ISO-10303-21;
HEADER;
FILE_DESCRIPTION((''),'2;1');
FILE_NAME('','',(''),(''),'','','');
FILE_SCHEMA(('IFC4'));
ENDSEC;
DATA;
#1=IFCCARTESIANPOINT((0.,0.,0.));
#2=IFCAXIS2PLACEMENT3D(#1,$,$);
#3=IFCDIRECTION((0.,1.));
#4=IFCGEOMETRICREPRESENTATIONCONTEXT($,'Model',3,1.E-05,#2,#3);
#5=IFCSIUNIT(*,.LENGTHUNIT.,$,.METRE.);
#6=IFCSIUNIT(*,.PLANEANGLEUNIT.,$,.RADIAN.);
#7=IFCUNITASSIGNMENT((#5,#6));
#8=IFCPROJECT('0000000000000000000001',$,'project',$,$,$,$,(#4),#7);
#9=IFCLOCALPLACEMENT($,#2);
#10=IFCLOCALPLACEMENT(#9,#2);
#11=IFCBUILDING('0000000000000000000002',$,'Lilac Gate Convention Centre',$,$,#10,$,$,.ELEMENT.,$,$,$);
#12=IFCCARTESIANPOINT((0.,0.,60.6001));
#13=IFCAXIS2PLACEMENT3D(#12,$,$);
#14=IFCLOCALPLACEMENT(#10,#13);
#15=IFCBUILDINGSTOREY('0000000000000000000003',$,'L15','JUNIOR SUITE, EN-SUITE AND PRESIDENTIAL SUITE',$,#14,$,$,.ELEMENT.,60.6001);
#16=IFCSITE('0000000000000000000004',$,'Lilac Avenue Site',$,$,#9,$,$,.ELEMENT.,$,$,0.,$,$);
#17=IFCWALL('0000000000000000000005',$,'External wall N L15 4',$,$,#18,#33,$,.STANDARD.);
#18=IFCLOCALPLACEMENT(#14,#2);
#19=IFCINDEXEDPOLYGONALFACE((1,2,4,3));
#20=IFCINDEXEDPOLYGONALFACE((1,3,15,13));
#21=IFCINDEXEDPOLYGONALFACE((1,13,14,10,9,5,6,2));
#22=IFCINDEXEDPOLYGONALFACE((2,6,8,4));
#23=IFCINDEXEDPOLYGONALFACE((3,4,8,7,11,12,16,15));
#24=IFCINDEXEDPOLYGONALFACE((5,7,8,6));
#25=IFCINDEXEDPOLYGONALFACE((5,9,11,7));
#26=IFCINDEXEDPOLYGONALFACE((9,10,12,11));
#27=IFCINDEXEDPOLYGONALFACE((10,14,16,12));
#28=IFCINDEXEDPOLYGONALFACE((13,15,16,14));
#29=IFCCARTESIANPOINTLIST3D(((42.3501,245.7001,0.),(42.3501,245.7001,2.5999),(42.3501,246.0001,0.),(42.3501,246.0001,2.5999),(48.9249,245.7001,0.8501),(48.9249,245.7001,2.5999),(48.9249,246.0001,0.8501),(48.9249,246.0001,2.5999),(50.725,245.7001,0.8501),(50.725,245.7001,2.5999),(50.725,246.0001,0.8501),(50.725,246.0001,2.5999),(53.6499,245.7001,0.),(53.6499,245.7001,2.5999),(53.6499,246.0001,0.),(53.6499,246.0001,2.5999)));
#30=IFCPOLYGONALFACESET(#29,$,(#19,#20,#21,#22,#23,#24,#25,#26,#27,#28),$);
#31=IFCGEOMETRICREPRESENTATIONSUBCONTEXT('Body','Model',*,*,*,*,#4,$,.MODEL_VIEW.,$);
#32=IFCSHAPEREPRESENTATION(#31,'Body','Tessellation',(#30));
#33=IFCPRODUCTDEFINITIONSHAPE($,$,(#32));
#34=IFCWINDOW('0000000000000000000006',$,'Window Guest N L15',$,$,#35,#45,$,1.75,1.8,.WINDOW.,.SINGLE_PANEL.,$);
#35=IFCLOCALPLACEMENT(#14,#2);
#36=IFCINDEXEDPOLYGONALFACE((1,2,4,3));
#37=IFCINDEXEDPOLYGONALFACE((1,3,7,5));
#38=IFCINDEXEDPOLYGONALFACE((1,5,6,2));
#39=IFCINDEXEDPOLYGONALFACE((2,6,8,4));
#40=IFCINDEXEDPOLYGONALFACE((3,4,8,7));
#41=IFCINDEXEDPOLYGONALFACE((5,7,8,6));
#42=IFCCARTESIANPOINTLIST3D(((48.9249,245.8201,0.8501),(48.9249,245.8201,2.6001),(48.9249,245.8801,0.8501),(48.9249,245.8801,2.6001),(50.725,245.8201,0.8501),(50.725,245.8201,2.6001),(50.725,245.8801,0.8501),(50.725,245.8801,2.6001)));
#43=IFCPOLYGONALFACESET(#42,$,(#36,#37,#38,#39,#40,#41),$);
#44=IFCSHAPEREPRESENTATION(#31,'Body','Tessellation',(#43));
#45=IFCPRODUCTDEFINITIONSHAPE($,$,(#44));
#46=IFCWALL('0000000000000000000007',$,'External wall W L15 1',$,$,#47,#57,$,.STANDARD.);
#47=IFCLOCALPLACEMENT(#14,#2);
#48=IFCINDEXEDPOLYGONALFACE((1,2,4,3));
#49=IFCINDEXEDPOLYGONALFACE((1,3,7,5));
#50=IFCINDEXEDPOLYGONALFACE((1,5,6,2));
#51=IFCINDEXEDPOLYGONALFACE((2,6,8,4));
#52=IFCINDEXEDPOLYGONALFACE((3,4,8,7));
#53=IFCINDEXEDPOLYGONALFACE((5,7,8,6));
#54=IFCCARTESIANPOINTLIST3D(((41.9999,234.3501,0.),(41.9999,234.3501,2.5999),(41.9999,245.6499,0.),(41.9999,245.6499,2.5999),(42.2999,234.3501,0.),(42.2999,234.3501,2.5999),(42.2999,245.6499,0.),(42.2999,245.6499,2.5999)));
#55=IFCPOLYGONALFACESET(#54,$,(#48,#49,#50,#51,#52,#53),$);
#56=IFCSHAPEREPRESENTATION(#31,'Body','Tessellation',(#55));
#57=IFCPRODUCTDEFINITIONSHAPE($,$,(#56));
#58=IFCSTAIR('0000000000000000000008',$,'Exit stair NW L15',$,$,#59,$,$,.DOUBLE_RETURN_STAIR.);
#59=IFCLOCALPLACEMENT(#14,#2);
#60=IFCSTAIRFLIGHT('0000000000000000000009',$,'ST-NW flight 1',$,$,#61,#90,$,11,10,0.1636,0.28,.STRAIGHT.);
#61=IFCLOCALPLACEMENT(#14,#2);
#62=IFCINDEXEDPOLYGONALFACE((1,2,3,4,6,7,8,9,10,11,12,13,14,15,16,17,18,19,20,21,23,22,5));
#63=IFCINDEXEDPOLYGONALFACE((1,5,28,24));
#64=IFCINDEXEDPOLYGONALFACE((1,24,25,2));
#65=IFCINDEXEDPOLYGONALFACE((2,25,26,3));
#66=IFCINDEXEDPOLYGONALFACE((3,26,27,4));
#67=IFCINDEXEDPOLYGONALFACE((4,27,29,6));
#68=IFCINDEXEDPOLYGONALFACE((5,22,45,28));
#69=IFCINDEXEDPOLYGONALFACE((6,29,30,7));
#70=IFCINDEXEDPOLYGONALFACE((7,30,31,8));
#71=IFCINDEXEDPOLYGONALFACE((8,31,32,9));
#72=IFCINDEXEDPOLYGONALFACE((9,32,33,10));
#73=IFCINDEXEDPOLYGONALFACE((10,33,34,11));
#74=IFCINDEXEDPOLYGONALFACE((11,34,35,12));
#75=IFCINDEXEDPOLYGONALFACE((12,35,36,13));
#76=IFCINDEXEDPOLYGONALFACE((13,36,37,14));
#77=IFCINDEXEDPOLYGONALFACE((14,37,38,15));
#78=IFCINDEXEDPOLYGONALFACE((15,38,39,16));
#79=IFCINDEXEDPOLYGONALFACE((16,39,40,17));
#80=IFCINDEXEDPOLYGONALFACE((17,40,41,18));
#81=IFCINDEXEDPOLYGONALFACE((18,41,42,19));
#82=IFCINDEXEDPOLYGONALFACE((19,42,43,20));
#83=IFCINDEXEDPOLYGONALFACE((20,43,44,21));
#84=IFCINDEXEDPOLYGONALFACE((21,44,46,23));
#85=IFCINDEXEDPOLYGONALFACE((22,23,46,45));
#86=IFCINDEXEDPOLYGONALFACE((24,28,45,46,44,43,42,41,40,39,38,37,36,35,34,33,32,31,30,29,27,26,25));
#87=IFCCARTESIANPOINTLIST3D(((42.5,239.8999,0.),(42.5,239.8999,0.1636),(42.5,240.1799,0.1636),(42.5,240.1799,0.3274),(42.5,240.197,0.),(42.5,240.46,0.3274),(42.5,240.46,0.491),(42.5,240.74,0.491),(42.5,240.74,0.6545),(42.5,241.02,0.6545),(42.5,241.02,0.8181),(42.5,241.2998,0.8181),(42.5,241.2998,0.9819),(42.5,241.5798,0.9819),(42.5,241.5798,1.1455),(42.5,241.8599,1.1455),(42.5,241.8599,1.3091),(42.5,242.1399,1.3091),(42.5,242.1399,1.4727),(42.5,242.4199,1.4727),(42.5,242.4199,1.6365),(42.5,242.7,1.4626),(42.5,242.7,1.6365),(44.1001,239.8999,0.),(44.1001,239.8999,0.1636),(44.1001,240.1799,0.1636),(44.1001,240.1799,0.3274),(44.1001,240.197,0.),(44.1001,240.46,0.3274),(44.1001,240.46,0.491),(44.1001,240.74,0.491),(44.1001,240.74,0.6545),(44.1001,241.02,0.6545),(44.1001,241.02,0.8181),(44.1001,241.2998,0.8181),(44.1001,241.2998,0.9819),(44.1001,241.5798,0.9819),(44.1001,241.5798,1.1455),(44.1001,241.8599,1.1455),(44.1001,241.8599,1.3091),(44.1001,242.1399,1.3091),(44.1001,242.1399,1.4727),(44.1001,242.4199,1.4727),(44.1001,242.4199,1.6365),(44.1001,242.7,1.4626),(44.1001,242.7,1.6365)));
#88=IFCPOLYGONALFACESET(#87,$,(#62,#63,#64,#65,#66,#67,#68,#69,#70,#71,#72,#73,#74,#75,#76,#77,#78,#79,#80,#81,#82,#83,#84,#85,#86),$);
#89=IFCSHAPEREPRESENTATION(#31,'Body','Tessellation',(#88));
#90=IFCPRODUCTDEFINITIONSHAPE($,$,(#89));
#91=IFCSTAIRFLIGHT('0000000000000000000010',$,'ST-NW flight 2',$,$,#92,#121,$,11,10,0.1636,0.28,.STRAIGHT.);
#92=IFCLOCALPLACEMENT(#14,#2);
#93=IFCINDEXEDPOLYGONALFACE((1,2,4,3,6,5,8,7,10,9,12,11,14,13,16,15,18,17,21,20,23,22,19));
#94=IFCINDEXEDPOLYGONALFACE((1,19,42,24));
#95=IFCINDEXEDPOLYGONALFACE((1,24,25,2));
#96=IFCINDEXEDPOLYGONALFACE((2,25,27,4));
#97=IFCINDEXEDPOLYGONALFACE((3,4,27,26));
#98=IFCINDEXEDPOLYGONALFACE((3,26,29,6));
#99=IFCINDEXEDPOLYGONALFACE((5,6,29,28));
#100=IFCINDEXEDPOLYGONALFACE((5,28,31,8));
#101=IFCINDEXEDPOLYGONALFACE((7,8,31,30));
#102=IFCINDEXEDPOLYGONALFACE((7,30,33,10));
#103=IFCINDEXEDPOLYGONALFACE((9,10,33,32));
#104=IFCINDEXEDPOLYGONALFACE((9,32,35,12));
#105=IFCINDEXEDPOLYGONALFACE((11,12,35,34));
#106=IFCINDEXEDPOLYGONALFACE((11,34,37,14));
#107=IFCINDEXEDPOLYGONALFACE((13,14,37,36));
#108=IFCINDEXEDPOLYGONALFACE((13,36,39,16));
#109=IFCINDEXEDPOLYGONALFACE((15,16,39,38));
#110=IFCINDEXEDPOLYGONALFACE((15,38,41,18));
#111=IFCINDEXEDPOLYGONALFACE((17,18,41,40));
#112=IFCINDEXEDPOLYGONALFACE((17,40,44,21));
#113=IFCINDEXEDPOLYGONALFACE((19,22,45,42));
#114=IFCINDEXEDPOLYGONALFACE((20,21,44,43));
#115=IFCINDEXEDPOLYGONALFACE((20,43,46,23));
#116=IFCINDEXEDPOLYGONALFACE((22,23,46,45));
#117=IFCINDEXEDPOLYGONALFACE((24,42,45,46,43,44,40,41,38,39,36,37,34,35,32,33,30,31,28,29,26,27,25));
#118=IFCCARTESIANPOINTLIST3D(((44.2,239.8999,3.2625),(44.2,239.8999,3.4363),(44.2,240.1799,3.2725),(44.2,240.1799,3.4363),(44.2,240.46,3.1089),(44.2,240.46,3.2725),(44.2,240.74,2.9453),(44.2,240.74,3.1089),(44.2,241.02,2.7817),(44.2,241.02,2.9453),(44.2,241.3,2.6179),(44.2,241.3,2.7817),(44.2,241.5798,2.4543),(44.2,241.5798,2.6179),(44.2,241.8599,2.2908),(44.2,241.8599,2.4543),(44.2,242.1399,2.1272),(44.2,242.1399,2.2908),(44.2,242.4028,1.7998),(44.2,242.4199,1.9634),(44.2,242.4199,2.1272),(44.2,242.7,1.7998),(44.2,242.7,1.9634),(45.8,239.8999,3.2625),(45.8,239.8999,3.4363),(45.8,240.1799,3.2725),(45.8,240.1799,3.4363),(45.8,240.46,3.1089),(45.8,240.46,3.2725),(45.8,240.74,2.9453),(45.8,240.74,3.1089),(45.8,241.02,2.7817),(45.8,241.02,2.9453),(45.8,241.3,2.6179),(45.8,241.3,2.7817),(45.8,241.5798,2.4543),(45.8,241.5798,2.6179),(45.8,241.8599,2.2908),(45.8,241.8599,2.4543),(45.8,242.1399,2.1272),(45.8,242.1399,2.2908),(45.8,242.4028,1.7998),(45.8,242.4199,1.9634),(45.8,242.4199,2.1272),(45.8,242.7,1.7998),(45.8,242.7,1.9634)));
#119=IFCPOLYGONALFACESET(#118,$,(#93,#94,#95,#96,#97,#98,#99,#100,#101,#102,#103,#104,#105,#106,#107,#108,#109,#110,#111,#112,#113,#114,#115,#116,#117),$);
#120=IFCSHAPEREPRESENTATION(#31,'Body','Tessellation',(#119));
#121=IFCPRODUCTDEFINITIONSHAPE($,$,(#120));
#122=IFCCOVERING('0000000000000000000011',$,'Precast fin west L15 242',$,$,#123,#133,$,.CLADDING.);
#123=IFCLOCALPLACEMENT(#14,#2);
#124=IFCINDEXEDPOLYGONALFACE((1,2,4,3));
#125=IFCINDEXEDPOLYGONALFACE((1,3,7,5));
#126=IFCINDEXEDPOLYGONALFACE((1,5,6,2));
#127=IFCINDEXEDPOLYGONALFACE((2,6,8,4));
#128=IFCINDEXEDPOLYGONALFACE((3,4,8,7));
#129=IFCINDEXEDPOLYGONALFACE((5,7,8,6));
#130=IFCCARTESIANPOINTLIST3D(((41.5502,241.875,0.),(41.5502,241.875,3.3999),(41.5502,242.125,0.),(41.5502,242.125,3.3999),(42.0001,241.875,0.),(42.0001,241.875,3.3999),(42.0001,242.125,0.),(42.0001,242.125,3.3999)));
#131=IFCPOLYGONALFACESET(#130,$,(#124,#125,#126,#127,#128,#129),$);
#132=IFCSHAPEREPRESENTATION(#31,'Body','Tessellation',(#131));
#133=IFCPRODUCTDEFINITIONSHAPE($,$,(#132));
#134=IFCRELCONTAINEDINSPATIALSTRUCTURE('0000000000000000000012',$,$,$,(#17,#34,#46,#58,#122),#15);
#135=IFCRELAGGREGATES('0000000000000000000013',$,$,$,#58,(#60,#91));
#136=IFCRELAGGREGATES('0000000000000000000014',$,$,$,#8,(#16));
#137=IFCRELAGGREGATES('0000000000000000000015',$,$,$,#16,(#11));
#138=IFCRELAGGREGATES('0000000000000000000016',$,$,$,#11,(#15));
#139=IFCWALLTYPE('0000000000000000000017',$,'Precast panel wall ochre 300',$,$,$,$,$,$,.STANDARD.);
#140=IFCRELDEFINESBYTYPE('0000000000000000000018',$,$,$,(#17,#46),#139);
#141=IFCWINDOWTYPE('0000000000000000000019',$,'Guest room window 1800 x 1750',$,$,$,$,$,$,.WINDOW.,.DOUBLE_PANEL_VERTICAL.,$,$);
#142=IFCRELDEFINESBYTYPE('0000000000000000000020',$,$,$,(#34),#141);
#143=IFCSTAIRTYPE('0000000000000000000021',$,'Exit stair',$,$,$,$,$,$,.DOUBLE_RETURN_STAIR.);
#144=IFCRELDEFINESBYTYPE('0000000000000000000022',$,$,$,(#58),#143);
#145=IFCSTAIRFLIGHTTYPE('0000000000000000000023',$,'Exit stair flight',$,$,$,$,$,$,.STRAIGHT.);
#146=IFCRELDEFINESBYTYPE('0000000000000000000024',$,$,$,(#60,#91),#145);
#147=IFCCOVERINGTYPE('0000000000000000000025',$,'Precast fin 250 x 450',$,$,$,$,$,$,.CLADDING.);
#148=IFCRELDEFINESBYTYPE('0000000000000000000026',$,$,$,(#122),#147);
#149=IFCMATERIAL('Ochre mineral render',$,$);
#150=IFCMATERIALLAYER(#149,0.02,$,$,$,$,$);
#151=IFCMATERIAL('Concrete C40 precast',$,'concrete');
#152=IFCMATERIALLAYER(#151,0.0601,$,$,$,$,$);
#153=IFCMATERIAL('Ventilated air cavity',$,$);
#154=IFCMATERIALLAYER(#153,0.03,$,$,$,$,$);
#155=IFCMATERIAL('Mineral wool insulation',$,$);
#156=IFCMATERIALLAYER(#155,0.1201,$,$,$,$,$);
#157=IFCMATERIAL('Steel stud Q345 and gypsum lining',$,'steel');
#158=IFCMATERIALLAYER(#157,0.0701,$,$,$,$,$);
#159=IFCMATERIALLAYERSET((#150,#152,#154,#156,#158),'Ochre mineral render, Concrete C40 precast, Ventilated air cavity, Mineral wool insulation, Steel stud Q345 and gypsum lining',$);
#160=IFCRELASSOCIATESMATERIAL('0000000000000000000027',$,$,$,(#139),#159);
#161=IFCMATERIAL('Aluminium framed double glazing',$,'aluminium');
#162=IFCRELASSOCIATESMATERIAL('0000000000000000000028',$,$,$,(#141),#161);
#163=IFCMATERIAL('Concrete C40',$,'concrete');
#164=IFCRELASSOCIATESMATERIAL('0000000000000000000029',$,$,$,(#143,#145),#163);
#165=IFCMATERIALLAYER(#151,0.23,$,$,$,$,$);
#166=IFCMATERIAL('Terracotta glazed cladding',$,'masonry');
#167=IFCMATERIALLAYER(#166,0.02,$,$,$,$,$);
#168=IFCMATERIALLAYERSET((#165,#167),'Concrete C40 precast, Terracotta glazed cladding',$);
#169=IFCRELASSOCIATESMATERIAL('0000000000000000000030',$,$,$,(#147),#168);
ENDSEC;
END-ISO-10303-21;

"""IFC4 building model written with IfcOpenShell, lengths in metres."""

from ifc_helpers import new_model, si_unit, direction, frame, frame_2d, origin, place, context, subcontext, project, spatial, polyline, rectangle, outline, extrude, material, layer, layer_set, type_object, element, fill, aggregate, save


model = new_model("IFC4")

# Units and contexts
model_context = context("Model", 3, precision=1e-05, world=origin(), true_north=direction((0.0, 1.0)))
body_context = subcontext(model_context, "Body", "Model", "MODEL_VIEW")
ifc_project = project(units=[si_unit("LENGTHUNIT", "METRE"), si_unit("PLANEANGLEUNIT", "RADIAN")], contexts=[model_context])

# Site, building, storey
site_placement = place(None, origin())
site = spatial("IfcSite", under=ifc_project, at=site_placement, Name="Lilac Avenue Site", CompositionType="ELEMENT", RefElevation=0.0)
building_placement = place(site_placement, origin())
building = spatial("IfcBuilding", under=site, at=building_placement, Name="Lilac Gate Convention Centre", CompositionType="ELEMENT")
storey_placement = place(building_placement, frame((0.0, 0.0, 60.6001)))
storey = spatial("IfcBuildingStorey", under=building, at=storey_placement, Name="L15", Description="JUNIOR SUITE, EN-SUITE AND PRESIDENTIAL SUITE", CompositionType="ELEMENT", Elevation=60.6001)

# Shared definitions
ifc_material_1 = material(Name="Concrete C40", Category="concrete")

# Shared definitions
ifc_material_2 = material(Name="Concrete C40 precast", Category="concrete")
ifc_material_3 = material(Name="Terracotta glazed cladding", Category="masonry")

# Wall, opening, window
ifc_material_4 = material(Name="Ochre mineral render")
ifc_layer_1 = layer(ifc_material_4, 0.02)
ifc_layer_2 = layer(ifc_material_2, 0.0601)
ifc_material_5 = material(Name="Ventilated air cavity")
ifc_layer_3 = layer(ifc_material_5, 0.03)
ifc_material_6 = material(Name="Mineral wool insulation")
ifc_layer_4 = layer(ifc_material_6, 0.1201)
ifc_material_7 = material(Name="Steel stud Q345 and gypsum lining", Category="steel")
ifc_layer_5 = layer(ifc_material_7, 0.0701)
ifc_layer_set_1 = layer_set([ifc_layer_1, ifc_layer_2, ifc_layer_3, ifc_layer_4, ifc_layer_5], Name="Ochre mineral render, Concrete C40 precast, Ventilated air cavity, Mineral wool insulation, Steel stud Q345 and gypsum lining")
wall_type_1 = type_object("IfcWallType", Name="Precast panel wall ochre 300", PredefinedType="STANDARD", material=ifc_layer_set_1)
wall_1_placement = place(storey_placement, frame((53.6499, 245.8501, 0.0), z_axis=(0.0, 0.0, 1.0), x_axis=(-1.0, 0.0, 0.0)))
wall_1 = element("IfcWall", 1, at=wall_1_placement, inside=storey, type_object=wall_type_1, Name="External wall N L15 4", PredefinedType="STANDARD", context=body_context, shape_type="SweptSolid", body=[
    extrude(rectangle(XDim=11.2998, YDim=0.3, at=frame_2d((5.6499, 0.0))), origin(), (0.0, 0.0, 1.0), 2.5999),
])
opening_1_placement = place(wall_1_placement, frame((2.925, 0.0, 0.8501)))
opening_1 = element("IfcOpeningElement", 2, at=opening_1_placement, cuts=wall_1, PredefinedType="OPENING", context=body_context, shape_type="SweptSolid", body=[
    extrude(rectangle(XDim=1.8, YDim=1.75, at=frame_2d((0.8999, 0.875))), frame((0.0, 0.1599, 0.0), z_axis=(0.0, -1.0, 0.0), x_axis=(1.0, 0.0, 0.0)), (0.0, 0.0, 1.0), 0.3201),
])
ifc_material_8 = material(Name="Aluminium framed double glazing", Category="aluminium")
window_type = type_object("IfcWindowType", Name="Guest room window 1800 x 1750", PartitioningType="DOUBLE_PANEL_VERTICAL", PredefinedType="WINDOW", material=ifc_material_8)
window_placement = place(opening_1_placement, origin())
window = element("IfcWindow", 3, at=window_placement, inside=storey, type_object=window_type, Name="Window Guest N L15", OverallHeight=1.75, OverallWidth=1.8, PartitioningType="SINGLE_PANEL", PredefinedType="WINDOW", context=body_context, shape_type="SweptSolid", body=[
    extrude(rectangle(XDim=1.8, YDim=1.75, at=frame_2d((0.8999, 0.875))), frame((0.0, 0.03, 0.0), z_axis=(0.0, -1.0, 0.0), x_axis=(1.0, 0.0, 0.0)), (0.0, 0.0, 1.0), 0.0601),
])
fill(opening_1, window)

# Wall
wall_2_placement = place(storey_placement, frame((42.1499, 245.6499, 0.0), z_axis=(0.0, 0.0, 1.0), x_axis=(0.0, -1.0, 0.0)))
element("IfcWall", 4, at=wall_2_placement, inside=storey, type_object=wall_type_1, Name="External wall W L15 1", PredefinedType="STANDARD", context=body_context, shape_type="SweptSolid", body=[
    extrude(rectangle(XDim=11.2998, YDim=0.3, at=frame_2d((5.6499, 0.0))), origin(), (0.0, 0.0, 1.0), 2.5999),
])

# Stair, stair flights
stair_type = type_object("IfcStairType", Name="Exit stair", PredefinedType="DOUBLE_RETURN_STAIR", material=ifc_material_1)
stair_placement = place(storey_placement, origin())
stair = element("IfcStair", 5, at=stair_placement, inside=storey, type_object=stair_type, Name="Exit stair NW L15", PredefinedType="DOUBLE_RETURN_STAIR")
stair_flight_type = type_object("IfcStairFlightType", Name="Exit stair flight", PredefinedType="STRAIGHT", material=ifc_material_1)
stair_flight_1_placement = place(storey_placement, frame((43.3, 239.8999, 0.0), z_axis=(0.0, 0.0, 1.0), x_axis=(0.0, 1.0, 0.0)))
stair_flight_1 = element("IfcStairFlight", 6, at=stair_flight_1_placement, type_object=stair_flight_type, Name="ST-NW flight 1", NumberOfRisers=11, NumberOfTreads=10, PredefinedType="STRAIGHT", RiserHeight=0.1636, TreadLength=0.28, context=body_context, shape_type="SweptSolid", body=[
    extrude(outline(polyline([(0.0, 0.0), (0.0, 0.1636), (0.28, 0.1636), (0.28, 0.3274), (0.5601, 0.3274), (0.5601, 0.491), (0.8401, 0.491), (0.8401, 0.6545), (1.1201, 0.6545), (1.1201, 0.8181), (1.3999, 0.8181), (1.3999, 0.9819), (1.6799, 0.9819), (1.6799, 1.1455), (1.96, 1.1455), (1.96, 1.3091), (2.24, 1.3091), (2.24, 1.4727), (2.52, 1.4727), (2.52, 1.6365), (2.8, 1.6365), (2.8, 1.8), (2.8, 1.4626), (0.2971, 0.0), (0.0, 0.0)])), frame((0.0, 0.8, 0.0), z_axis=(0.0, -1.0, 0.0), x_axis=(1.0, 0.0, 0.0)), (0.0, 0.0, 1.0), 1.6001),
])
stair_flight_2_placement = place(storey_placement, frame((45.0, 242.7, 1.7998), z_axis=(0.0, 0.0, 1.0), x_axis=(0.0, -1.0, 0.0)))
stair_flight_2 = element("IfcStairFlight", 7, at=stair_flight_2_placement, type_object=stair_flight_type, Name="ST-NW flight 2", NumberOfRisers=11, NumberOfTreads=10, PredefinedType="STRAIGHT", RiserHeight=0.1636, TreadLength=0.28, context=body_context, shape_type="SweptSolid", body=[
    extrude(outline(polyline([(0.0, 0.0), (0.0, 0.1636), (0.28, 0.1636), (0.28, 0.3274), (0.5601, 0.3274), (0.5601, 0.491), (0.8401, 0.491), (0.8401, 0.6545), (1.1201, 0.6545), (1.1201, 0.8181), (1.3999, 0.8181), (1.3999, 0.9819), (1.6799, 0.9819), (1.6799, 1.1455), (1.96, 1.1455), (1.96, 1.3091), (2.24, 1.3091), (2.24, 1.4727), (2.52, 1.4727), (2.52, 1.6365), (2.8, 1.6365), (2.8, 1.8), (2.8, 1.4626), (0.2971, 0.0), (0.0, 0.0)])), frame((0.0, 0.8, 0.0), z_axis=(0.0, -1.0, 0.0), x_axis=(1.0, 0.0, 0.0)), (0.0, 0.0, 1.0), 1.6001),
])
aggregate(stair, [stair_flight_1, stair_flight_2])

# Covering
ifc_layer_6 = layer(ifc_material_2, 0.23)
ifc_layer_7 = layer(ifc_material_3, 0.02)
ifc_layer_set_2 = layer_set([ifc_layer_6, ifc_layer_7], Name="Concrete C40 precast, Terracotta glazed cladding")
covering_type = type_object("IfcCoveringType", Name="Precast fin 250 x 450", PredefinedType="CLADDING", material=ifc_layer_set_2)
covering_placement = place(storey_placement, frame((41.55, 242.0, 0.0), z_axis=(0.0, 0.0, 1.0), x_axis=(1.0, 0.0, 0.0)))
element("IfcCovering", 8, at=covering_placement, inside=storey, type_object=covering_type, Name="Precast fin west L15 242", PredefinedType="CLADDING", context=body_context, shape_type="SweptSolid", body=[
    extrude(rectangle(XDim=0.45, YDim=0.25, at=frame_2d((0.2251, 0.0))), origin(), (0.0, 0.0, 1.0), 3.3999),
])

save(model, "model.ifc")
